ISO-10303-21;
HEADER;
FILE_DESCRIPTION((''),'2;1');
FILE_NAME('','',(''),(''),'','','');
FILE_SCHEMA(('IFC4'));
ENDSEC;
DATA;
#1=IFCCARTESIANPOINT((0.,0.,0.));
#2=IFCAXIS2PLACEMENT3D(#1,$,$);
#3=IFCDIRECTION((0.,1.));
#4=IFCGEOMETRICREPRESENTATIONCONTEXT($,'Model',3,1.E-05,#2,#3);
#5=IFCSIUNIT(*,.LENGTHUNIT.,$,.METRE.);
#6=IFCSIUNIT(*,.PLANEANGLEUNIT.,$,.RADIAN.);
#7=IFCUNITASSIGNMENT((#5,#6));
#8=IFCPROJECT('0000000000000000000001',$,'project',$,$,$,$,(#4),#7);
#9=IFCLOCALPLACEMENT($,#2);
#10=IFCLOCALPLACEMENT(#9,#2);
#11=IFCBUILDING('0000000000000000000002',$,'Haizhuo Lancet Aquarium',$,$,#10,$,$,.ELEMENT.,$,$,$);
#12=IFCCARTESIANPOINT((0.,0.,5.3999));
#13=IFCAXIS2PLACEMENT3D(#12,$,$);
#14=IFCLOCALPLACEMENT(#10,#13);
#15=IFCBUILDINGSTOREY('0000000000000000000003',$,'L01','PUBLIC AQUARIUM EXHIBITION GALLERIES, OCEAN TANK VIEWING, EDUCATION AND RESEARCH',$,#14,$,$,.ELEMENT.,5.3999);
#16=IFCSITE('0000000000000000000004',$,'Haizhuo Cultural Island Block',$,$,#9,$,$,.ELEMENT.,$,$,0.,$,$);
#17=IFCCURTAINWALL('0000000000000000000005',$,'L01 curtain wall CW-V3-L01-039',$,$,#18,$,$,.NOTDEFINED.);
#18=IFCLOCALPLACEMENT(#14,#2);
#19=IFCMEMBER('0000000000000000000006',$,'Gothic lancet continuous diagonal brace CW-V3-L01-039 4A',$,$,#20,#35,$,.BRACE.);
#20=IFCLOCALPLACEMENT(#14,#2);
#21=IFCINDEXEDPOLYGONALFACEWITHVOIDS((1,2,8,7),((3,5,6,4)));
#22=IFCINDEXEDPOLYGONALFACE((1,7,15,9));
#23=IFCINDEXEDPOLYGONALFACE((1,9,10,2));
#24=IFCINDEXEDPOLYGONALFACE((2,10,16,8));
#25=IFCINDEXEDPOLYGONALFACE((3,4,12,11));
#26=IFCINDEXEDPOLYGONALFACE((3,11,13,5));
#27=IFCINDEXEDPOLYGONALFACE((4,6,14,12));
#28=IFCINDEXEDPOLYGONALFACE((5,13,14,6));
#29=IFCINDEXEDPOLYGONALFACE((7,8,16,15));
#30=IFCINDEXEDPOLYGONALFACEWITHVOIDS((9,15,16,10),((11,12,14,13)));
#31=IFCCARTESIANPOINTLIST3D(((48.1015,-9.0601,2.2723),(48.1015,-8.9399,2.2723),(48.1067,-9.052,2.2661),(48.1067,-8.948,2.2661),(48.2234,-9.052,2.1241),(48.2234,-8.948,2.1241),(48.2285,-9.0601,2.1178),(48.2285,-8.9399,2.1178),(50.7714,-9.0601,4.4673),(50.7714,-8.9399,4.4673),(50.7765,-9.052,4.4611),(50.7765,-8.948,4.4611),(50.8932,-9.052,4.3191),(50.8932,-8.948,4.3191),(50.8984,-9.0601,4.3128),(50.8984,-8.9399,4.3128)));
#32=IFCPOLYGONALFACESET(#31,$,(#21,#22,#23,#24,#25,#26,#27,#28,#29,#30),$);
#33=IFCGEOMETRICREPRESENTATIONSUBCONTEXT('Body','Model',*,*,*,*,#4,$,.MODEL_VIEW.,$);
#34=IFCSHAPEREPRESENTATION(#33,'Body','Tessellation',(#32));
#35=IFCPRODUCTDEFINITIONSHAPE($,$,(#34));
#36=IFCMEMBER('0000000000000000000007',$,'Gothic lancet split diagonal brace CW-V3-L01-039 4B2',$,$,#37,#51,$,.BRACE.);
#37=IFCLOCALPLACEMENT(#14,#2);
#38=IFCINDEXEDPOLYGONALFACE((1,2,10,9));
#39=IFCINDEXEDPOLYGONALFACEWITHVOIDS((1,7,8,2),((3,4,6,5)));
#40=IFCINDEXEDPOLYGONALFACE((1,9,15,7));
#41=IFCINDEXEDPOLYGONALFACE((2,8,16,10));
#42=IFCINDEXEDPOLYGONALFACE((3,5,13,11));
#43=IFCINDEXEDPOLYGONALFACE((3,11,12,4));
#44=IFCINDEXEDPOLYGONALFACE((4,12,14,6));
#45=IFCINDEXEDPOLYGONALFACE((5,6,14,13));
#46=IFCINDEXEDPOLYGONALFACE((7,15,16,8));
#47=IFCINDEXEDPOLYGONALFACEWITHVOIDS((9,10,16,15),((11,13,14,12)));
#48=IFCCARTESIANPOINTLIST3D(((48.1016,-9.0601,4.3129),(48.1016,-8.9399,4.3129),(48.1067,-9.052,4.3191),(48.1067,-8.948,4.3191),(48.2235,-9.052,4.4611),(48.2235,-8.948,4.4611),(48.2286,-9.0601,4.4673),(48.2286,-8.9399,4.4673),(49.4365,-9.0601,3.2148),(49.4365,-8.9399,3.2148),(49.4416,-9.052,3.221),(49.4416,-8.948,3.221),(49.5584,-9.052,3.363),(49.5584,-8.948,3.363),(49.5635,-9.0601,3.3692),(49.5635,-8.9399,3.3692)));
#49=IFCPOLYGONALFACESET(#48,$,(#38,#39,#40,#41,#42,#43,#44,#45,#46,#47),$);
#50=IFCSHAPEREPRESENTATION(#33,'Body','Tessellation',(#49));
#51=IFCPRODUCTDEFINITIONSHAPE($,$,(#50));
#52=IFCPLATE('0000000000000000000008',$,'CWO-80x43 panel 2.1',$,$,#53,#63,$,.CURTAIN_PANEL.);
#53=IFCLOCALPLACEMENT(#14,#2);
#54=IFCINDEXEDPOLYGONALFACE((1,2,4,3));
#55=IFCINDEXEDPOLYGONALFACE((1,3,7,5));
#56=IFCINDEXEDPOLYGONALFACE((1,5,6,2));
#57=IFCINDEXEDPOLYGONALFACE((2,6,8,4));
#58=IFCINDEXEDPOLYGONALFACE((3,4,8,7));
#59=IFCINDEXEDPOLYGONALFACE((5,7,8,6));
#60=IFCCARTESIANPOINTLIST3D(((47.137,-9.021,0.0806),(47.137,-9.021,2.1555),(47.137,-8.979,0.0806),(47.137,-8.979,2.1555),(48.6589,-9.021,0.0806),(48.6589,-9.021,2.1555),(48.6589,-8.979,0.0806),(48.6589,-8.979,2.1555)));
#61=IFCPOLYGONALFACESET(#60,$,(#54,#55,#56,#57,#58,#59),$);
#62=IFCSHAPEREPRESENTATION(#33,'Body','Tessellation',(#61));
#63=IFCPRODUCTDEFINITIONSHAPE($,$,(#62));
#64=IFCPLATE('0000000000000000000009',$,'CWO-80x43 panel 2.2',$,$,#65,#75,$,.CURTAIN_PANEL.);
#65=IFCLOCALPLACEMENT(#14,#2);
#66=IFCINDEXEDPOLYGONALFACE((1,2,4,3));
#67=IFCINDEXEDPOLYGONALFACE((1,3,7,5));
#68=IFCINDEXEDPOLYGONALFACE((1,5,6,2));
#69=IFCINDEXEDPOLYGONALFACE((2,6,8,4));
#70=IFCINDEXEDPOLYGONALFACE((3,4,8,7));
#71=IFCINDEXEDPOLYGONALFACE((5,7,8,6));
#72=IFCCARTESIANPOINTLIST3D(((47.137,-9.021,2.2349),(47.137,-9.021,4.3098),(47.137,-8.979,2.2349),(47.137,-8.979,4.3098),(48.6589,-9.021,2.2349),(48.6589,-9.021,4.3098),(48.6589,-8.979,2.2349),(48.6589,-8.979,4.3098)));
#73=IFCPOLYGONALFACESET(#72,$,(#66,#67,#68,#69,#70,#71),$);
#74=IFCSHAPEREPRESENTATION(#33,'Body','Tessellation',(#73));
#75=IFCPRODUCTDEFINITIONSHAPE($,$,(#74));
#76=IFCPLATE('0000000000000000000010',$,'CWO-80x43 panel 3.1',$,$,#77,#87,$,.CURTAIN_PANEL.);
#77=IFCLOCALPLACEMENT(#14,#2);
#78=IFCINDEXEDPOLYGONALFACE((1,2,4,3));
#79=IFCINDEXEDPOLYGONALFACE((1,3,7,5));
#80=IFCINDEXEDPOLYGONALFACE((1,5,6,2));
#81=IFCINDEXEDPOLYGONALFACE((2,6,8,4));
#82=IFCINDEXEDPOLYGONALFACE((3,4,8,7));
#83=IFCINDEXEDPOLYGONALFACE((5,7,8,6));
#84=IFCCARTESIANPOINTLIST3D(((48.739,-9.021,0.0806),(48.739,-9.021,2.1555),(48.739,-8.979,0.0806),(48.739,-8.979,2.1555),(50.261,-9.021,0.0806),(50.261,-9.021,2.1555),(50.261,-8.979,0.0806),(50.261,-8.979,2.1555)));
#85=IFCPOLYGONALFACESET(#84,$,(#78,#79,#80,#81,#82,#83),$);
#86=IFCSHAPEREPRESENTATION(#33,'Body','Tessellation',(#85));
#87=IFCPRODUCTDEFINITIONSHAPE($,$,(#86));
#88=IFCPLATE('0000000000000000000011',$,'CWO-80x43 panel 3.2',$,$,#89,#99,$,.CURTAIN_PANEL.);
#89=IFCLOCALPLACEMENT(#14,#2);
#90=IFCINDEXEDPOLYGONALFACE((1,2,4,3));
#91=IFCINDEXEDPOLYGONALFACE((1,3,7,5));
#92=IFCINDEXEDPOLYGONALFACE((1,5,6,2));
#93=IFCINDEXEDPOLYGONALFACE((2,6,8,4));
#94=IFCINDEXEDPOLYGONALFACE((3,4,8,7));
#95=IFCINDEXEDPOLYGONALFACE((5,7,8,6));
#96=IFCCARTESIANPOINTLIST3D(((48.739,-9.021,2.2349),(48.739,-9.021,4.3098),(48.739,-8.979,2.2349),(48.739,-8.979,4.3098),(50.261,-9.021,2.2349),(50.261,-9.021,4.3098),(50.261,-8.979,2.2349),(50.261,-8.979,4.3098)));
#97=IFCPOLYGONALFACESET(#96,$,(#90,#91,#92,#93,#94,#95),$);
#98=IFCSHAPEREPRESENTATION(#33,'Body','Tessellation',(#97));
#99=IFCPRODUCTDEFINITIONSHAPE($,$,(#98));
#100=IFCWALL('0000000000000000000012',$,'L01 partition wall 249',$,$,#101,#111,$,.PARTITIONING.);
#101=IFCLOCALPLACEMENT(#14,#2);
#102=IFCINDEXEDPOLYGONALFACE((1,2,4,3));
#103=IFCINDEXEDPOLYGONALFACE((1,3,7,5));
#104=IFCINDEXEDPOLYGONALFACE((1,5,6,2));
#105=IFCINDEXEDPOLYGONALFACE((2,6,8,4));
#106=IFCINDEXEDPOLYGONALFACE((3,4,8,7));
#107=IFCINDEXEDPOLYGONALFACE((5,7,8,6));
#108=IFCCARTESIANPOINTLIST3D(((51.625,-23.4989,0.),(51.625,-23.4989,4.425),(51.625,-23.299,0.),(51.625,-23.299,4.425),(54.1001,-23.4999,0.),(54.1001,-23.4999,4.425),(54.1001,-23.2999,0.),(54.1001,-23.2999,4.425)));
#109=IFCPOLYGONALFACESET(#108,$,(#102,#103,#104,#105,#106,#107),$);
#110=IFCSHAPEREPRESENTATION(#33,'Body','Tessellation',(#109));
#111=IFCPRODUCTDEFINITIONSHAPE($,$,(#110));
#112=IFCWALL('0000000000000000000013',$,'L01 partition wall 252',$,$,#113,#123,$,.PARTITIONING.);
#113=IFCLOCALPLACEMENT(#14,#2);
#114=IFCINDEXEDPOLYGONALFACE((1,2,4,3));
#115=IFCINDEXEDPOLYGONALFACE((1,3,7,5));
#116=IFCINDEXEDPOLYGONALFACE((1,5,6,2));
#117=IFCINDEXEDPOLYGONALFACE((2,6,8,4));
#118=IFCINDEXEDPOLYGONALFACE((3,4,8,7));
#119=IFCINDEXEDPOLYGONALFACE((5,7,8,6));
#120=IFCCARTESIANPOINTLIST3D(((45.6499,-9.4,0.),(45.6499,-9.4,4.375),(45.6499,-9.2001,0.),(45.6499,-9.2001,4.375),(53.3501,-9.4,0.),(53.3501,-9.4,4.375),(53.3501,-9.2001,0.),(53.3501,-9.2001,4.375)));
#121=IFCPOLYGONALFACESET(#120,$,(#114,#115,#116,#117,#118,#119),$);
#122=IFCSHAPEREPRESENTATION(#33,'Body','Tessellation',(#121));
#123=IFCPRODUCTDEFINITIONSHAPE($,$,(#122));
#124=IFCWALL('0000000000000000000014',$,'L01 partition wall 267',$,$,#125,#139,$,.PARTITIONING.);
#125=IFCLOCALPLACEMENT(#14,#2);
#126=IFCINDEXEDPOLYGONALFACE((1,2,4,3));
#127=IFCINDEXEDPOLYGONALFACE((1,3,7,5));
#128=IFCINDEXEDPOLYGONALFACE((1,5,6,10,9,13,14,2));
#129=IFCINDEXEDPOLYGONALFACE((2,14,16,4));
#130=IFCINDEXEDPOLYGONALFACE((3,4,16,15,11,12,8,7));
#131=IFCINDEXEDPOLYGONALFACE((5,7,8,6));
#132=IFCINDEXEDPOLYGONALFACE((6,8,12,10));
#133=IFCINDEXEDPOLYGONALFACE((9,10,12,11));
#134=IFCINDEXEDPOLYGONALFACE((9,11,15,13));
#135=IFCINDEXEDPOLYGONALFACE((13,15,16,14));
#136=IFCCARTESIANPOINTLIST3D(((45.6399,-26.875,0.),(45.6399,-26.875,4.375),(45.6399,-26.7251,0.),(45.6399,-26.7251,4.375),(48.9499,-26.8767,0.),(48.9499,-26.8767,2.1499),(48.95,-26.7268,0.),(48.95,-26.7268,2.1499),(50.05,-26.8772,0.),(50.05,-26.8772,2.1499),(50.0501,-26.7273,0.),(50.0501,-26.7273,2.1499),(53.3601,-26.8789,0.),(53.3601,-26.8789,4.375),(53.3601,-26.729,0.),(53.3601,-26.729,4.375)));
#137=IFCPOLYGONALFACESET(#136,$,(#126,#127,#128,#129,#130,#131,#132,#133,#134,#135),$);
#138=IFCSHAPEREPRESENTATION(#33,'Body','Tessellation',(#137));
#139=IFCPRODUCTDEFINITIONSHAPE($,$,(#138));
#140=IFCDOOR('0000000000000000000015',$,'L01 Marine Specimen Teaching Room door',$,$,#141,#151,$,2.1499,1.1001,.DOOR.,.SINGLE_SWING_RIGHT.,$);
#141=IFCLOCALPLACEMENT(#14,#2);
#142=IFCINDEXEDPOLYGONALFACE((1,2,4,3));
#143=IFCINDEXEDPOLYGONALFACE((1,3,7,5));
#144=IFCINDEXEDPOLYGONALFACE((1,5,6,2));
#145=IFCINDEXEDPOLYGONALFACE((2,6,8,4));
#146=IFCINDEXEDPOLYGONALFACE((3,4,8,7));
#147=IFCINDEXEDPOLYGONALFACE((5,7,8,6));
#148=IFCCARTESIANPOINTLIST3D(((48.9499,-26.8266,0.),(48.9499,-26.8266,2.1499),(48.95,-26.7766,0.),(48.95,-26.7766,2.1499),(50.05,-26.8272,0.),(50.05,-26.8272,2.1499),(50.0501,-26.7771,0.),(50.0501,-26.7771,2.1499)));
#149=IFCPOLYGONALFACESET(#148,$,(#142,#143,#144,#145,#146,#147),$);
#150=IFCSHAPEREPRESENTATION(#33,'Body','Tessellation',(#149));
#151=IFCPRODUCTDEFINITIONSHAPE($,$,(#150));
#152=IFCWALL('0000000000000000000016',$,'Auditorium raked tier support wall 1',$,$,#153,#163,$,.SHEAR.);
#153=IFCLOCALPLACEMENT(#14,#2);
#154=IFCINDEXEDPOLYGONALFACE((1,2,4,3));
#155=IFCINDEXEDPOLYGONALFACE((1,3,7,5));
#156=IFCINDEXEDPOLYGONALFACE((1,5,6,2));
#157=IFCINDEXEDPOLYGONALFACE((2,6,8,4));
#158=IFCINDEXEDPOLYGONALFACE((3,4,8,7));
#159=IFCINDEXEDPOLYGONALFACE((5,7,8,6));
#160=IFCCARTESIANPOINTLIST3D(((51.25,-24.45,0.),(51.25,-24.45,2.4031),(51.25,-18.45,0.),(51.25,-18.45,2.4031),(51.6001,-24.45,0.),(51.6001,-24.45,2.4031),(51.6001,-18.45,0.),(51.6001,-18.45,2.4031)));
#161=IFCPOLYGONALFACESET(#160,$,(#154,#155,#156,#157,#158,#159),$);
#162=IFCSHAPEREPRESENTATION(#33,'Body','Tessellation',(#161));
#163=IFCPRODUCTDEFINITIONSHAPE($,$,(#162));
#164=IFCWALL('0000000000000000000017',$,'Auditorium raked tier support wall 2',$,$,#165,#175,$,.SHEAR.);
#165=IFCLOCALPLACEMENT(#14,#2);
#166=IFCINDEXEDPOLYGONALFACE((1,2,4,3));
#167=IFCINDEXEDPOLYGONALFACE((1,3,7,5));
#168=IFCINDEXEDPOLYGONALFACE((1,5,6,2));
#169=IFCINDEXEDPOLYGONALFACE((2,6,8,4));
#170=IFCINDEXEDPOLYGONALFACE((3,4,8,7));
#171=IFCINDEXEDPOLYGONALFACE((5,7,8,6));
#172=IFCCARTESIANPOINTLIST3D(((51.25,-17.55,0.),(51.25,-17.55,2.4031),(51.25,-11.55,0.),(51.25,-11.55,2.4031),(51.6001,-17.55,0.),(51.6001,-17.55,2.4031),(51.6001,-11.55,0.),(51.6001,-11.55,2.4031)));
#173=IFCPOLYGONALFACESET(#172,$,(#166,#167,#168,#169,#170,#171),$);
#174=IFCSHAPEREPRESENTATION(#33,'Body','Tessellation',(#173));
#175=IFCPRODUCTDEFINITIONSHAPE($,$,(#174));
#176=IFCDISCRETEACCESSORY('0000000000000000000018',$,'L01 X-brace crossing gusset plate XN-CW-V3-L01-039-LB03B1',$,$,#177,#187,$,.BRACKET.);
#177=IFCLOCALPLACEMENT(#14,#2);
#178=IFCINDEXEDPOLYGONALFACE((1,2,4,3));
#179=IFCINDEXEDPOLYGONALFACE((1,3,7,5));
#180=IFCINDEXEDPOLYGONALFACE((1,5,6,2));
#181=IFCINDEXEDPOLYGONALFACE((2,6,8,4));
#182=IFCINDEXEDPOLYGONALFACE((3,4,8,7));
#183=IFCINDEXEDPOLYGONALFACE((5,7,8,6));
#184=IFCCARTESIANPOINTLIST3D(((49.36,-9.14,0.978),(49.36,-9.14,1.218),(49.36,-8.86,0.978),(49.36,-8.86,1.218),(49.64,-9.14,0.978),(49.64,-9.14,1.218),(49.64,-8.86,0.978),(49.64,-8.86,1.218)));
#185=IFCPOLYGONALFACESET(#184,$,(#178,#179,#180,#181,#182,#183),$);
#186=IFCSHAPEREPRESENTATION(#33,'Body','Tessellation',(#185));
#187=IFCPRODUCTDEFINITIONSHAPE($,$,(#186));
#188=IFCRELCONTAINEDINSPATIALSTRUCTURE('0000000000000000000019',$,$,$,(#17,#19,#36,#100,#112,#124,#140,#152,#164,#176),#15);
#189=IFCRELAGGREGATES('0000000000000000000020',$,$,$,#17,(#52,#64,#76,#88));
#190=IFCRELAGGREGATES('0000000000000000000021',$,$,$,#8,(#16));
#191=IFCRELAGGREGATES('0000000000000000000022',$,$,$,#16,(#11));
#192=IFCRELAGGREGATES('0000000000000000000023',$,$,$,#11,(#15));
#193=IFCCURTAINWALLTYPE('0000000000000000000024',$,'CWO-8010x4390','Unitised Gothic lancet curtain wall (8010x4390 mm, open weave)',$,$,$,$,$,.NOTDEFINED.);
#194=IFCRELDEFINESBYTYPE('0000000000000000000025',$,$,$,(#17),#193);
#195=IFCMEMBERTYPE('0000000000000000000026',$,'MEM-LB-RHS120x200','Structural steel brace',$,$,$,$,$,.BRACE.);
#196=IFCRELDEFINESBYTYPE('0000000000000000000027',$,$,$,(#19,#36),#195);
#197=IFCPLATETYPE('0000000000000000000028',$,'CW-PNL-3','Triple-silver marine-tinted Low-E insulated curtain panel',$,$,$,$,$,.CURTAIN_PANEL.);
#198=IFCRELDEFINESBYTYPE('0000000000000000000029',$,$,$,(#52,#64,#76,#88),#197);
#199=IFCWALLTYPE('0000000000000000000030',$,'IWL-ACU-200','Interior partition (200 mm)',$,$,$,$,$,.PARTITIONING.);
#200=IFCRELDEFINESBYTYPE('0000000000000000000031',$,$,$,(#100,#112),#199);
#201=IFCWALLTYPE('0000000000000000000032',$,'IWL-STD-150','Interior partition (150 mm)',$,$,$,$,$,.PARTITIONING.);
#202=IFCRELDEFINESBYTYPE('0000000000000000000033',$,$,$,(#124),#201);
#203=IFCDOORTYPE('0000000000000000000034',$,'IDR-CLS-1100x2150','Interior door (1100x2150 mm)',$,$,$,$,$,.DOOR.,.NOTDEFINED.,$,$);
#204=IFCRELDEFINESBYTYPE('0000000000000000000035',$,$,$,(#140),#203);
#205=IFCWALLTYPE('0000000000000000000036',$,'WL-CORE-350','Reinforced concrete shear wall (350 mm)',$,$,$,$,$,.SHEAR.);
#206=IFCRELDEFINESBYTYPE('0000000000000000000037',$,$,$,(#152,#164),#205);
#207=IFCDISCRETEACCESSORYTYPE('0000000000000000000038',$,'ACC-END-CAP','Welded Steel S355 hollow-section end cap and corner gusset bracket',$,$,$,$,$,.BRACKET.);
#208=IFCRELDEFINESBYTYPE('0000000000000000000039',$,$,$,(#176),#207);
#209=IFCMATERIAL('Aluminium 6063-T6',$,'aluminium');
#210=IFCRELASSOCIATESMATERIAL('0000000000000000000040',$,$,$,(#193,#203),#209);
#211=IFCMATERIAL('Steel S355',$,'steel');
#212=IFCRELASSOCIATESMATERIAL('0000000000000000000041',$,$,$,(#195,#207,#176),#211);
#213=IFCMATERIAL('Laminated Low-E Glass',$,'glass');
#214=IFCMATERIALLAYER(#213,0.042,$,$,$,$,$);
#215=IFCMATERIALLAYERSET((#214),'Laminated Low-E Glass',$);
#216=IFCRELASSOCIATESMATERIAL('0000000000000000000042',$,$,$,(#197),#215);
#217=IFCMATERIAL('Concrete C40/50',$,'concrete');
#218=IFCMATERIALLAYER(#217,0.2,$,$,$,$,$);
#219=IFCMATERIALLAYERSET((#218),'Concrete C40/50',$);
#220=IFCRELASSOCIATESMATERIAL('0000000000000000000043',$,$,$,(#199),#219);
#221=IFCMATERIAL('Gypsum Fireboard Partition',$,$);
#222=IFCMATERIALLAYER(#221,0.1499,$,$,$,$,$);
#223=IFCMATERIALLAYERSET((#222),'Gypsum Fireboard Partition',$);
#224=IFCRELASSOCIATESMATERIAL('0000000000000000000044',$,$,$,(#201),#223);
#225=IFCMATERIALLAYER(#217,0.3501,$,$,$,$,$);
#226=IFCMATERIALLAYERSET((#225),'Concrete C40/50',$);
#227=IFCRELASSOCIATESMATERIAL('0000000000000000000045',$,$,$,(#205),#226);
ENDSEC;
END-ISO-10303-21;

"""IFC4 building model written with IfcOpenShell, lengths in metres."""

from ifc_helpers import new_model, si_unit, direction, frame, frame_2d, origin, origin_2d, place, context, subcontext, project, spatial, rectangle, hollow_rectangle, extrude, material, layer, layer_set, material_profile, profile_set, type_object, element, fill, aggregate, save


model = new_model("IFC4")

# Units and contexts
model_context = context("Model", 3, precision=1e-05, world=origin(), true_north=direction((0.0, 1.0)))
body_context = subcontext(model_context, "Body", "Model", "MODEL_VIEW")
ifc_project = project(units=[si_unit("LENGTHUNIT", "METRE"), si_unit("PLANEANGLEUNIT", "RADIAN")], contexts=[model_context])

# Site, building, storey
site_placement = place(None, origin())
site = spatial("IfcSite", under=ifc_project, at=site_placement, Name="Haizhuo Cultural Island Block", CompositionType="ELEMENT", RefElevation=0.0)
building_placement = place(site_placement, origin())
building = spatial("IfcBuilding", under=site, at=building_placement, Name="Haizhuo Lancet Aquarium", CompositionType="ELEMENT")
storey_placement = place(building_placement, frame((0.0, 0.0, 5.3999)))
storey = spatial("IfcBuildingStorey", under=building, at=storey_placement, Name="L01", Description="PUBLIC AQUARIUM EXHIBITION GALLERIES, OCEAN TANK VIEWING, EDUCATION AND RESEARCH", CompositionType="ELEMENT", Elevation=5.3999)

# Shared definitions
ifc_material_1 = material(Name="Concrete C40/50", Category="concrete")

# Curtain wall
ifc_material_2 = material(Name="Aluminium 6063-T6", Category="aluminium")
curtain_wall_type = type_object("IfcCurtainWallType", Name="CWO-8010x4390", Description="Unitised Gothic lancet curtain wall (8010x4390 mm, open weave)", PredefinedType="NOTDEFINED", material=ifc_material_2)
curtain_wall_placement = place(storey_placement, origin())
curtain_wall = element("IfcCurtainWall", 1, at=curtain_wall_placement, inside=storey, type_object=curtain_wall_type, Name="L01 curtain wall CW-V3-L01-039", PredefinedType="NOTDEFINED")

# Members
ifc_material_3 = material(Name="Steel S355", Category="steel")
ifc_material_profile_1 = material_profile(ifc_material_3, hollow_rectangle(XDim=0.1201, YDim=0.2, WallThickness=0.0081, at=origin_2d()), Name="RHS 120x200x8")
ifc_profile_set_1 = profile_set([ifc_material_profile_1], Name="Steel S355")
member_type_1 = type_object("IfcMemberType", Name="MEM-LB-RHS120x200", Description="Structural steel brace", PredefinedType="BRACE", material=ifc_profile_set_1)
member_1_placement = place(storey_placement, frame((48.165, -9.0, 2.1951), z_axis=(0.772454, 0.0, 0.635071), x_axis=(0.0, 1.0, 0.0)))
element("IfcMember", 2, at=member_1_placement, inside=storey, type_object=member_type_1, Name="Gothic lancet continuous diagonal brace CW-V3-L01-039 4A", PredefinedType="BRACE", context=body_context, shape_type="SweptSolid", body=[
    extrude(hollow_rectangle(XDim=0.1201, YDim=0.2, WallThickness=0.0081, at=origin_2d()), origin(), (0.0, 0.0, 1.0), 3.4563),
])
member_2_placement = place(storey_placement, frame((49.5, -9.0, 3.292), z_axis=(-0.772281, 0.0, 0.635281), x_axis=(0.0, -1.0, 0.0)))
element("IfcMember", 3, at=member_2_placement, inside=storey, type_object=member_type_1, Name="Gothic lancet split diagonal brace CW-V3-L01-039 4B2", PredefinedType="BRACE", context=body_context, shape_type="SweptSolid", body=[
    extrude(hollow_rectangle(XDim=0.1201, YDim=0.2, WallThickness=0.0081, at=origin_2d()), origin(), (0.0, 0.0, 1.0), 1.7285),
])

# Plates
ifc_material_4 = material(Name="Laminated Low-E Glass", Category="glass")
ifc_layer_1 = layer(ifc_material_4, 0.042)
ifc_layer_set_1 = layer_set([ifc_layer_1], Name="Laminated Low-E Glass")
plate_type = type_object("IfcPlateType", Name="CW-PNL-3", Description="Triple-silver marine-tinted Low-E insulated curtain panel", PredefinedType="CURTAIN_PANEL", material=ifc_layer_set_1)
plate_1_placement = place(storey_placement, frame((47.8979, -9.0, 0.0806), z_axis=(0.0, 0.0, 1.0), x_axis=(1.0, 0.0, 0.0)))
plate_1 = element("IfcPlate", 4, at=plate_1_placement, type_object=plate_type, Name="CWO-80x43 panel 2.1", PredefinedType="CURTAIN_PANEL", context=body_context, shape_type="SweptSolid", body=[
    extrude(rectangle(XDim=1.522, YDim=0.042, at=origin_2d()), origin(), (0.0, 0.0, 1.0), 2.075),
])
plate_2_placement = place(storey_placement, frame((47.8979, -9.0, 2.2349), z_axis=(0.0, 0.0, 1.0), x_axis=(1.0, 0.0, 0.0)))
plate_2 = element("IfcPlate", 5, at=plate_2_placement, type_object=plate_type, Name="CWO-80x43 panel 2.2", PredefinedType="CURTAIN_PANEL", context=body_context, shape_type="SweptSolid", body=[
    extrude(rectangle(XDim=1.522, YDim=0.042, at=origin_2d()), origin(), (0.0, 0.0, 1.0), 2.075),
])
plate_3_placement = place(storey_placement, frame((49.5, -9.0, 0.0806), z_axis=(0.0, 0.0, 1.0), x_axis=(1.0, 0.0, 0.0)))
plate_3 = element("IfcPlate", 6, at=plate_3_placement, type_object=plate_type, Name="CWO-80x43 panel 3.1", PredefinedType="CURTAIN_PANEL", context=body_context, shape_type="SweptSolid", body=[
    extrude(rectangle(XDim=1.522, YDim=0.042, at=origin_2d()), origin(), (0.0, 0.0, 1.0), 2.075),
])
plate_4_placement = place(storey_placement, frame((49.5, -9.0, 2.2349), z_axis=(0.0, 0.0, 1.0), x_axis=(1.0, 0.0, 0.0)))
plate_4 = element("IfcPlate", 7, at=plate_4_placement, type_object=plate_type, Name="CWO-80x43 panel 3.2", PredefinedType="CURTAIN_PANEL", context=body_context, shape_type="SweptSolid", body=[
    extrude(rectangle(XDim=1.522, YDim=0.042, at=origin_2d()), origin(), (0.0, 0.0, 1.0), 2.075),
])
aggregate(curtain_wall, [plate_1, plate_2, plate_3, plate_4])

# Walls
ifc_layer_2 = layer(ifc_material_1, 0.2)
ifc_layer_set_2 = layer_set([ifc_layer_2], Name="Concrete C40/50")
wall_type_1 = type_object("IfcWallType", Name="IWL-ACU-200", Description="Interior partition (200 mm)", PredefinedType="PARTITIONING", material=ifc_layer_set_2)
wall_1_placement = place(storey_placement, frame((51.625, -23.3989, 0.0), z_axis=(0.0, 0.0, 1.0), x_axis=(1.0, -0.000395, 0.0)))
element("IfcWall", 8, at=wall_1_placement, inside=storey, type_object=wall_type_1, Name="L01 partition wall 249", PredefinedType="PARTITIONING", context=body_context, shape_type="SweptSolid", body=[
    extrude(rectangle(XDim=2.4751, YDim=0.2, at=frame_2d((1.2375, 0.0))), origin(), (0.0, 0.0, 1.0), 4.425),
])
wall_2_placement = place(storey_placement, frame((53.3501, -9.3, 0.0), z_axis=(0.0, 0.0, 1.0), x_axis=(-1.0, 0.0, 0.0)))
element("IfcWall", 9, at=wall_2_placement, inside=storey, type_object=wall_type_1, Name="L01 partition wall 252", PredefinedType="PARTITIONING", context=body_context, shape_type="SweptSolid", body=[
    extrude(rectangle(XDim=7.7002, YDim=0.2, at=frame_2d((3.8501, 0.0))), origin(), (0.0, 0.0, 1.0), 4.375),
])

# Wall, opening, door
ifc_material_5 = material(Name="Gypsum Fireboard Partition")
ifc_layer_3 = layer(ifc_material_5, 0.1499)
ifc_layer_set_3 = layer_set([ifc_layer_3], Name="Gypsum Fireboard Partition")
wall_type_2 = type_object("IfcWallType", Name="IWL-STD-150", Description="Interior partition (150 mm)", PredefinedType="PARTITIONING", material=ifc_layer_set_3)
wall_3_placement = place(storey_placement, frame((53.3601, -26.804, 0.0), z_axis=(0.0, 0.0, 1.0), x_axis=(-1.0, 0.000506, 0.0)))
wall_3 = element("IfcWall", 10, at=wall_3_placement, inside=storey, type_object=wall_type_2, Name="L01 partition wall 267", PredefinedType="PARTITIONING", context=body_context, shape_type="SweptSolid", body=[
    extrude(rectangle(XDim=7.7202, YDim=0.1499, at=frame_2d((3.8601, 0.0))), origin(), (0.0, 0.0, 1.0), 4.375),
])
opening_placement = place(wall_3_placement, frame((3.3101, 0.0, 0.0)))
opening = element("IfcOpeningElement", 11, at=opening_placement, cuts=wall_3, PredefinedType="OPENING", context=body_context, shape_type="SweptSolid", body=[
    extrude(rectangle(XDim=1.1001, YDim=2.1499, at=frame_2d((0.55, 1.075))), frame((0.0, 0.085, 0.0), z_axis=(0.0, -1.0, 0.0), x_axis=(1.0, 0.0, 0.0)), (0.0, 0.0, 1.0), 0.1699),
])
door_type = type_object("IfcDoorType", Name="IDR-CLS-1100x2150", Description="Interior door (1100x2150 mm)", OperationType="NOTDEFINED", PredefinedType="DOOR", material=ifc_material_2)
door_placement = place(opening_placement, origin())
door = element("IfcDoor", 12, at=door_placement, inside=storey, type_object=door_type, Name="L01 Marine Specimen Teaching Room door", OperationType="SINGLE_SWING_RIGHT", OverallHeight=2.1499, OverallWidth=1.1001, PredefinedType="DOOR", context=body_context, shape_type="SweptSolid", body=[
    extrude(rectangle(XDim=1.1001, YDim=2.1499, at=frame_2d((0.55, 1.075))), frame((0.0, 0.0249, 0.0), z_axis=(0.0, -1.0, 0.0), x_axis=(1.0, 0.0, 0.0)), (0.0, 0.0, 1.0), 0.05),
])
fill(opening, door)

# Walls
ifc_layer_4 = layer(ifc_material_1, 0.3501)
ifc_layer_set_4 = layer_set([ifc_layer_4], Name="Concrete C40/50")
wall_type_3 = type_object("IfcWallType", Name="WL-CORE-350", Description="Reinforced concrete shear wall (350 mm)", PredefinedType="SHEAR", material=ifc_layer_set_4)
for number, where, z_axis, x_axis, name in (
    (13, (51.425, -24.45, 0.0), (0.0, 0.0, 1.0), (0.0, 1.0, 0.0), "Auditorium raked tier support wall 1"),
    (14, (51.425, -17.55, 0.0), (0.0, 0.0, 1.0), (0.0, 1.0, 0.0), "Auditorium raked tier support wall 2"),
):
    element("IfcWall", number, at=place(storey_placement, frame(where, z_axis=z_axis, x_axis=x_axis)), inside=storey, type_object=wall_type_3, Name=name, PredefinedType="SHEAR", context=body_context, shape_type="SweptSolid", body=[
        extrude(rectangle(XDim=6.0, YDim=0.3501, at=frame_2d((3.0, 0.0))), origin(), (0.0, 0.0, 1.0), 2.4031),
    ])

# Discrete accessory
discrete_accessory_type = type_object("IfcDiscreteAccessoryType", Name="ACC-END-CAP", Description="Welded Steel S355 hollow-section end cap and corner gusset bracket", PredefinedType="BRACKET", material=ifc_material_3)
for number, where, z_axis, x_axis, name in (
    (15, (49.5, -9.0, 0.978), (0.0, 0.0, 1.0), (1.0, 0.0, 0.0), "L01 X-brace crossing gusset plate XN-CW-V3-L01-039-LB03B1"),
):
    element("IfcDiscreteAccessory", number, at=place(storey_placement, frame(where, z_axis=z_axis, x_axis=x_axis)), inside=storey, type_object=discrete_accessory_type, material=ifc_material_3, Name=name, PredefinedType="BRACKET", context=body_context, shape_type="SweptSolid", body=[
        extrude(rectangle(XDim=0.28, YDim=0.28, at=origin_2d()), origin(), (0.0, 0.0, 1.0), 0.24),
    ])

save(model, "model.ifc")
